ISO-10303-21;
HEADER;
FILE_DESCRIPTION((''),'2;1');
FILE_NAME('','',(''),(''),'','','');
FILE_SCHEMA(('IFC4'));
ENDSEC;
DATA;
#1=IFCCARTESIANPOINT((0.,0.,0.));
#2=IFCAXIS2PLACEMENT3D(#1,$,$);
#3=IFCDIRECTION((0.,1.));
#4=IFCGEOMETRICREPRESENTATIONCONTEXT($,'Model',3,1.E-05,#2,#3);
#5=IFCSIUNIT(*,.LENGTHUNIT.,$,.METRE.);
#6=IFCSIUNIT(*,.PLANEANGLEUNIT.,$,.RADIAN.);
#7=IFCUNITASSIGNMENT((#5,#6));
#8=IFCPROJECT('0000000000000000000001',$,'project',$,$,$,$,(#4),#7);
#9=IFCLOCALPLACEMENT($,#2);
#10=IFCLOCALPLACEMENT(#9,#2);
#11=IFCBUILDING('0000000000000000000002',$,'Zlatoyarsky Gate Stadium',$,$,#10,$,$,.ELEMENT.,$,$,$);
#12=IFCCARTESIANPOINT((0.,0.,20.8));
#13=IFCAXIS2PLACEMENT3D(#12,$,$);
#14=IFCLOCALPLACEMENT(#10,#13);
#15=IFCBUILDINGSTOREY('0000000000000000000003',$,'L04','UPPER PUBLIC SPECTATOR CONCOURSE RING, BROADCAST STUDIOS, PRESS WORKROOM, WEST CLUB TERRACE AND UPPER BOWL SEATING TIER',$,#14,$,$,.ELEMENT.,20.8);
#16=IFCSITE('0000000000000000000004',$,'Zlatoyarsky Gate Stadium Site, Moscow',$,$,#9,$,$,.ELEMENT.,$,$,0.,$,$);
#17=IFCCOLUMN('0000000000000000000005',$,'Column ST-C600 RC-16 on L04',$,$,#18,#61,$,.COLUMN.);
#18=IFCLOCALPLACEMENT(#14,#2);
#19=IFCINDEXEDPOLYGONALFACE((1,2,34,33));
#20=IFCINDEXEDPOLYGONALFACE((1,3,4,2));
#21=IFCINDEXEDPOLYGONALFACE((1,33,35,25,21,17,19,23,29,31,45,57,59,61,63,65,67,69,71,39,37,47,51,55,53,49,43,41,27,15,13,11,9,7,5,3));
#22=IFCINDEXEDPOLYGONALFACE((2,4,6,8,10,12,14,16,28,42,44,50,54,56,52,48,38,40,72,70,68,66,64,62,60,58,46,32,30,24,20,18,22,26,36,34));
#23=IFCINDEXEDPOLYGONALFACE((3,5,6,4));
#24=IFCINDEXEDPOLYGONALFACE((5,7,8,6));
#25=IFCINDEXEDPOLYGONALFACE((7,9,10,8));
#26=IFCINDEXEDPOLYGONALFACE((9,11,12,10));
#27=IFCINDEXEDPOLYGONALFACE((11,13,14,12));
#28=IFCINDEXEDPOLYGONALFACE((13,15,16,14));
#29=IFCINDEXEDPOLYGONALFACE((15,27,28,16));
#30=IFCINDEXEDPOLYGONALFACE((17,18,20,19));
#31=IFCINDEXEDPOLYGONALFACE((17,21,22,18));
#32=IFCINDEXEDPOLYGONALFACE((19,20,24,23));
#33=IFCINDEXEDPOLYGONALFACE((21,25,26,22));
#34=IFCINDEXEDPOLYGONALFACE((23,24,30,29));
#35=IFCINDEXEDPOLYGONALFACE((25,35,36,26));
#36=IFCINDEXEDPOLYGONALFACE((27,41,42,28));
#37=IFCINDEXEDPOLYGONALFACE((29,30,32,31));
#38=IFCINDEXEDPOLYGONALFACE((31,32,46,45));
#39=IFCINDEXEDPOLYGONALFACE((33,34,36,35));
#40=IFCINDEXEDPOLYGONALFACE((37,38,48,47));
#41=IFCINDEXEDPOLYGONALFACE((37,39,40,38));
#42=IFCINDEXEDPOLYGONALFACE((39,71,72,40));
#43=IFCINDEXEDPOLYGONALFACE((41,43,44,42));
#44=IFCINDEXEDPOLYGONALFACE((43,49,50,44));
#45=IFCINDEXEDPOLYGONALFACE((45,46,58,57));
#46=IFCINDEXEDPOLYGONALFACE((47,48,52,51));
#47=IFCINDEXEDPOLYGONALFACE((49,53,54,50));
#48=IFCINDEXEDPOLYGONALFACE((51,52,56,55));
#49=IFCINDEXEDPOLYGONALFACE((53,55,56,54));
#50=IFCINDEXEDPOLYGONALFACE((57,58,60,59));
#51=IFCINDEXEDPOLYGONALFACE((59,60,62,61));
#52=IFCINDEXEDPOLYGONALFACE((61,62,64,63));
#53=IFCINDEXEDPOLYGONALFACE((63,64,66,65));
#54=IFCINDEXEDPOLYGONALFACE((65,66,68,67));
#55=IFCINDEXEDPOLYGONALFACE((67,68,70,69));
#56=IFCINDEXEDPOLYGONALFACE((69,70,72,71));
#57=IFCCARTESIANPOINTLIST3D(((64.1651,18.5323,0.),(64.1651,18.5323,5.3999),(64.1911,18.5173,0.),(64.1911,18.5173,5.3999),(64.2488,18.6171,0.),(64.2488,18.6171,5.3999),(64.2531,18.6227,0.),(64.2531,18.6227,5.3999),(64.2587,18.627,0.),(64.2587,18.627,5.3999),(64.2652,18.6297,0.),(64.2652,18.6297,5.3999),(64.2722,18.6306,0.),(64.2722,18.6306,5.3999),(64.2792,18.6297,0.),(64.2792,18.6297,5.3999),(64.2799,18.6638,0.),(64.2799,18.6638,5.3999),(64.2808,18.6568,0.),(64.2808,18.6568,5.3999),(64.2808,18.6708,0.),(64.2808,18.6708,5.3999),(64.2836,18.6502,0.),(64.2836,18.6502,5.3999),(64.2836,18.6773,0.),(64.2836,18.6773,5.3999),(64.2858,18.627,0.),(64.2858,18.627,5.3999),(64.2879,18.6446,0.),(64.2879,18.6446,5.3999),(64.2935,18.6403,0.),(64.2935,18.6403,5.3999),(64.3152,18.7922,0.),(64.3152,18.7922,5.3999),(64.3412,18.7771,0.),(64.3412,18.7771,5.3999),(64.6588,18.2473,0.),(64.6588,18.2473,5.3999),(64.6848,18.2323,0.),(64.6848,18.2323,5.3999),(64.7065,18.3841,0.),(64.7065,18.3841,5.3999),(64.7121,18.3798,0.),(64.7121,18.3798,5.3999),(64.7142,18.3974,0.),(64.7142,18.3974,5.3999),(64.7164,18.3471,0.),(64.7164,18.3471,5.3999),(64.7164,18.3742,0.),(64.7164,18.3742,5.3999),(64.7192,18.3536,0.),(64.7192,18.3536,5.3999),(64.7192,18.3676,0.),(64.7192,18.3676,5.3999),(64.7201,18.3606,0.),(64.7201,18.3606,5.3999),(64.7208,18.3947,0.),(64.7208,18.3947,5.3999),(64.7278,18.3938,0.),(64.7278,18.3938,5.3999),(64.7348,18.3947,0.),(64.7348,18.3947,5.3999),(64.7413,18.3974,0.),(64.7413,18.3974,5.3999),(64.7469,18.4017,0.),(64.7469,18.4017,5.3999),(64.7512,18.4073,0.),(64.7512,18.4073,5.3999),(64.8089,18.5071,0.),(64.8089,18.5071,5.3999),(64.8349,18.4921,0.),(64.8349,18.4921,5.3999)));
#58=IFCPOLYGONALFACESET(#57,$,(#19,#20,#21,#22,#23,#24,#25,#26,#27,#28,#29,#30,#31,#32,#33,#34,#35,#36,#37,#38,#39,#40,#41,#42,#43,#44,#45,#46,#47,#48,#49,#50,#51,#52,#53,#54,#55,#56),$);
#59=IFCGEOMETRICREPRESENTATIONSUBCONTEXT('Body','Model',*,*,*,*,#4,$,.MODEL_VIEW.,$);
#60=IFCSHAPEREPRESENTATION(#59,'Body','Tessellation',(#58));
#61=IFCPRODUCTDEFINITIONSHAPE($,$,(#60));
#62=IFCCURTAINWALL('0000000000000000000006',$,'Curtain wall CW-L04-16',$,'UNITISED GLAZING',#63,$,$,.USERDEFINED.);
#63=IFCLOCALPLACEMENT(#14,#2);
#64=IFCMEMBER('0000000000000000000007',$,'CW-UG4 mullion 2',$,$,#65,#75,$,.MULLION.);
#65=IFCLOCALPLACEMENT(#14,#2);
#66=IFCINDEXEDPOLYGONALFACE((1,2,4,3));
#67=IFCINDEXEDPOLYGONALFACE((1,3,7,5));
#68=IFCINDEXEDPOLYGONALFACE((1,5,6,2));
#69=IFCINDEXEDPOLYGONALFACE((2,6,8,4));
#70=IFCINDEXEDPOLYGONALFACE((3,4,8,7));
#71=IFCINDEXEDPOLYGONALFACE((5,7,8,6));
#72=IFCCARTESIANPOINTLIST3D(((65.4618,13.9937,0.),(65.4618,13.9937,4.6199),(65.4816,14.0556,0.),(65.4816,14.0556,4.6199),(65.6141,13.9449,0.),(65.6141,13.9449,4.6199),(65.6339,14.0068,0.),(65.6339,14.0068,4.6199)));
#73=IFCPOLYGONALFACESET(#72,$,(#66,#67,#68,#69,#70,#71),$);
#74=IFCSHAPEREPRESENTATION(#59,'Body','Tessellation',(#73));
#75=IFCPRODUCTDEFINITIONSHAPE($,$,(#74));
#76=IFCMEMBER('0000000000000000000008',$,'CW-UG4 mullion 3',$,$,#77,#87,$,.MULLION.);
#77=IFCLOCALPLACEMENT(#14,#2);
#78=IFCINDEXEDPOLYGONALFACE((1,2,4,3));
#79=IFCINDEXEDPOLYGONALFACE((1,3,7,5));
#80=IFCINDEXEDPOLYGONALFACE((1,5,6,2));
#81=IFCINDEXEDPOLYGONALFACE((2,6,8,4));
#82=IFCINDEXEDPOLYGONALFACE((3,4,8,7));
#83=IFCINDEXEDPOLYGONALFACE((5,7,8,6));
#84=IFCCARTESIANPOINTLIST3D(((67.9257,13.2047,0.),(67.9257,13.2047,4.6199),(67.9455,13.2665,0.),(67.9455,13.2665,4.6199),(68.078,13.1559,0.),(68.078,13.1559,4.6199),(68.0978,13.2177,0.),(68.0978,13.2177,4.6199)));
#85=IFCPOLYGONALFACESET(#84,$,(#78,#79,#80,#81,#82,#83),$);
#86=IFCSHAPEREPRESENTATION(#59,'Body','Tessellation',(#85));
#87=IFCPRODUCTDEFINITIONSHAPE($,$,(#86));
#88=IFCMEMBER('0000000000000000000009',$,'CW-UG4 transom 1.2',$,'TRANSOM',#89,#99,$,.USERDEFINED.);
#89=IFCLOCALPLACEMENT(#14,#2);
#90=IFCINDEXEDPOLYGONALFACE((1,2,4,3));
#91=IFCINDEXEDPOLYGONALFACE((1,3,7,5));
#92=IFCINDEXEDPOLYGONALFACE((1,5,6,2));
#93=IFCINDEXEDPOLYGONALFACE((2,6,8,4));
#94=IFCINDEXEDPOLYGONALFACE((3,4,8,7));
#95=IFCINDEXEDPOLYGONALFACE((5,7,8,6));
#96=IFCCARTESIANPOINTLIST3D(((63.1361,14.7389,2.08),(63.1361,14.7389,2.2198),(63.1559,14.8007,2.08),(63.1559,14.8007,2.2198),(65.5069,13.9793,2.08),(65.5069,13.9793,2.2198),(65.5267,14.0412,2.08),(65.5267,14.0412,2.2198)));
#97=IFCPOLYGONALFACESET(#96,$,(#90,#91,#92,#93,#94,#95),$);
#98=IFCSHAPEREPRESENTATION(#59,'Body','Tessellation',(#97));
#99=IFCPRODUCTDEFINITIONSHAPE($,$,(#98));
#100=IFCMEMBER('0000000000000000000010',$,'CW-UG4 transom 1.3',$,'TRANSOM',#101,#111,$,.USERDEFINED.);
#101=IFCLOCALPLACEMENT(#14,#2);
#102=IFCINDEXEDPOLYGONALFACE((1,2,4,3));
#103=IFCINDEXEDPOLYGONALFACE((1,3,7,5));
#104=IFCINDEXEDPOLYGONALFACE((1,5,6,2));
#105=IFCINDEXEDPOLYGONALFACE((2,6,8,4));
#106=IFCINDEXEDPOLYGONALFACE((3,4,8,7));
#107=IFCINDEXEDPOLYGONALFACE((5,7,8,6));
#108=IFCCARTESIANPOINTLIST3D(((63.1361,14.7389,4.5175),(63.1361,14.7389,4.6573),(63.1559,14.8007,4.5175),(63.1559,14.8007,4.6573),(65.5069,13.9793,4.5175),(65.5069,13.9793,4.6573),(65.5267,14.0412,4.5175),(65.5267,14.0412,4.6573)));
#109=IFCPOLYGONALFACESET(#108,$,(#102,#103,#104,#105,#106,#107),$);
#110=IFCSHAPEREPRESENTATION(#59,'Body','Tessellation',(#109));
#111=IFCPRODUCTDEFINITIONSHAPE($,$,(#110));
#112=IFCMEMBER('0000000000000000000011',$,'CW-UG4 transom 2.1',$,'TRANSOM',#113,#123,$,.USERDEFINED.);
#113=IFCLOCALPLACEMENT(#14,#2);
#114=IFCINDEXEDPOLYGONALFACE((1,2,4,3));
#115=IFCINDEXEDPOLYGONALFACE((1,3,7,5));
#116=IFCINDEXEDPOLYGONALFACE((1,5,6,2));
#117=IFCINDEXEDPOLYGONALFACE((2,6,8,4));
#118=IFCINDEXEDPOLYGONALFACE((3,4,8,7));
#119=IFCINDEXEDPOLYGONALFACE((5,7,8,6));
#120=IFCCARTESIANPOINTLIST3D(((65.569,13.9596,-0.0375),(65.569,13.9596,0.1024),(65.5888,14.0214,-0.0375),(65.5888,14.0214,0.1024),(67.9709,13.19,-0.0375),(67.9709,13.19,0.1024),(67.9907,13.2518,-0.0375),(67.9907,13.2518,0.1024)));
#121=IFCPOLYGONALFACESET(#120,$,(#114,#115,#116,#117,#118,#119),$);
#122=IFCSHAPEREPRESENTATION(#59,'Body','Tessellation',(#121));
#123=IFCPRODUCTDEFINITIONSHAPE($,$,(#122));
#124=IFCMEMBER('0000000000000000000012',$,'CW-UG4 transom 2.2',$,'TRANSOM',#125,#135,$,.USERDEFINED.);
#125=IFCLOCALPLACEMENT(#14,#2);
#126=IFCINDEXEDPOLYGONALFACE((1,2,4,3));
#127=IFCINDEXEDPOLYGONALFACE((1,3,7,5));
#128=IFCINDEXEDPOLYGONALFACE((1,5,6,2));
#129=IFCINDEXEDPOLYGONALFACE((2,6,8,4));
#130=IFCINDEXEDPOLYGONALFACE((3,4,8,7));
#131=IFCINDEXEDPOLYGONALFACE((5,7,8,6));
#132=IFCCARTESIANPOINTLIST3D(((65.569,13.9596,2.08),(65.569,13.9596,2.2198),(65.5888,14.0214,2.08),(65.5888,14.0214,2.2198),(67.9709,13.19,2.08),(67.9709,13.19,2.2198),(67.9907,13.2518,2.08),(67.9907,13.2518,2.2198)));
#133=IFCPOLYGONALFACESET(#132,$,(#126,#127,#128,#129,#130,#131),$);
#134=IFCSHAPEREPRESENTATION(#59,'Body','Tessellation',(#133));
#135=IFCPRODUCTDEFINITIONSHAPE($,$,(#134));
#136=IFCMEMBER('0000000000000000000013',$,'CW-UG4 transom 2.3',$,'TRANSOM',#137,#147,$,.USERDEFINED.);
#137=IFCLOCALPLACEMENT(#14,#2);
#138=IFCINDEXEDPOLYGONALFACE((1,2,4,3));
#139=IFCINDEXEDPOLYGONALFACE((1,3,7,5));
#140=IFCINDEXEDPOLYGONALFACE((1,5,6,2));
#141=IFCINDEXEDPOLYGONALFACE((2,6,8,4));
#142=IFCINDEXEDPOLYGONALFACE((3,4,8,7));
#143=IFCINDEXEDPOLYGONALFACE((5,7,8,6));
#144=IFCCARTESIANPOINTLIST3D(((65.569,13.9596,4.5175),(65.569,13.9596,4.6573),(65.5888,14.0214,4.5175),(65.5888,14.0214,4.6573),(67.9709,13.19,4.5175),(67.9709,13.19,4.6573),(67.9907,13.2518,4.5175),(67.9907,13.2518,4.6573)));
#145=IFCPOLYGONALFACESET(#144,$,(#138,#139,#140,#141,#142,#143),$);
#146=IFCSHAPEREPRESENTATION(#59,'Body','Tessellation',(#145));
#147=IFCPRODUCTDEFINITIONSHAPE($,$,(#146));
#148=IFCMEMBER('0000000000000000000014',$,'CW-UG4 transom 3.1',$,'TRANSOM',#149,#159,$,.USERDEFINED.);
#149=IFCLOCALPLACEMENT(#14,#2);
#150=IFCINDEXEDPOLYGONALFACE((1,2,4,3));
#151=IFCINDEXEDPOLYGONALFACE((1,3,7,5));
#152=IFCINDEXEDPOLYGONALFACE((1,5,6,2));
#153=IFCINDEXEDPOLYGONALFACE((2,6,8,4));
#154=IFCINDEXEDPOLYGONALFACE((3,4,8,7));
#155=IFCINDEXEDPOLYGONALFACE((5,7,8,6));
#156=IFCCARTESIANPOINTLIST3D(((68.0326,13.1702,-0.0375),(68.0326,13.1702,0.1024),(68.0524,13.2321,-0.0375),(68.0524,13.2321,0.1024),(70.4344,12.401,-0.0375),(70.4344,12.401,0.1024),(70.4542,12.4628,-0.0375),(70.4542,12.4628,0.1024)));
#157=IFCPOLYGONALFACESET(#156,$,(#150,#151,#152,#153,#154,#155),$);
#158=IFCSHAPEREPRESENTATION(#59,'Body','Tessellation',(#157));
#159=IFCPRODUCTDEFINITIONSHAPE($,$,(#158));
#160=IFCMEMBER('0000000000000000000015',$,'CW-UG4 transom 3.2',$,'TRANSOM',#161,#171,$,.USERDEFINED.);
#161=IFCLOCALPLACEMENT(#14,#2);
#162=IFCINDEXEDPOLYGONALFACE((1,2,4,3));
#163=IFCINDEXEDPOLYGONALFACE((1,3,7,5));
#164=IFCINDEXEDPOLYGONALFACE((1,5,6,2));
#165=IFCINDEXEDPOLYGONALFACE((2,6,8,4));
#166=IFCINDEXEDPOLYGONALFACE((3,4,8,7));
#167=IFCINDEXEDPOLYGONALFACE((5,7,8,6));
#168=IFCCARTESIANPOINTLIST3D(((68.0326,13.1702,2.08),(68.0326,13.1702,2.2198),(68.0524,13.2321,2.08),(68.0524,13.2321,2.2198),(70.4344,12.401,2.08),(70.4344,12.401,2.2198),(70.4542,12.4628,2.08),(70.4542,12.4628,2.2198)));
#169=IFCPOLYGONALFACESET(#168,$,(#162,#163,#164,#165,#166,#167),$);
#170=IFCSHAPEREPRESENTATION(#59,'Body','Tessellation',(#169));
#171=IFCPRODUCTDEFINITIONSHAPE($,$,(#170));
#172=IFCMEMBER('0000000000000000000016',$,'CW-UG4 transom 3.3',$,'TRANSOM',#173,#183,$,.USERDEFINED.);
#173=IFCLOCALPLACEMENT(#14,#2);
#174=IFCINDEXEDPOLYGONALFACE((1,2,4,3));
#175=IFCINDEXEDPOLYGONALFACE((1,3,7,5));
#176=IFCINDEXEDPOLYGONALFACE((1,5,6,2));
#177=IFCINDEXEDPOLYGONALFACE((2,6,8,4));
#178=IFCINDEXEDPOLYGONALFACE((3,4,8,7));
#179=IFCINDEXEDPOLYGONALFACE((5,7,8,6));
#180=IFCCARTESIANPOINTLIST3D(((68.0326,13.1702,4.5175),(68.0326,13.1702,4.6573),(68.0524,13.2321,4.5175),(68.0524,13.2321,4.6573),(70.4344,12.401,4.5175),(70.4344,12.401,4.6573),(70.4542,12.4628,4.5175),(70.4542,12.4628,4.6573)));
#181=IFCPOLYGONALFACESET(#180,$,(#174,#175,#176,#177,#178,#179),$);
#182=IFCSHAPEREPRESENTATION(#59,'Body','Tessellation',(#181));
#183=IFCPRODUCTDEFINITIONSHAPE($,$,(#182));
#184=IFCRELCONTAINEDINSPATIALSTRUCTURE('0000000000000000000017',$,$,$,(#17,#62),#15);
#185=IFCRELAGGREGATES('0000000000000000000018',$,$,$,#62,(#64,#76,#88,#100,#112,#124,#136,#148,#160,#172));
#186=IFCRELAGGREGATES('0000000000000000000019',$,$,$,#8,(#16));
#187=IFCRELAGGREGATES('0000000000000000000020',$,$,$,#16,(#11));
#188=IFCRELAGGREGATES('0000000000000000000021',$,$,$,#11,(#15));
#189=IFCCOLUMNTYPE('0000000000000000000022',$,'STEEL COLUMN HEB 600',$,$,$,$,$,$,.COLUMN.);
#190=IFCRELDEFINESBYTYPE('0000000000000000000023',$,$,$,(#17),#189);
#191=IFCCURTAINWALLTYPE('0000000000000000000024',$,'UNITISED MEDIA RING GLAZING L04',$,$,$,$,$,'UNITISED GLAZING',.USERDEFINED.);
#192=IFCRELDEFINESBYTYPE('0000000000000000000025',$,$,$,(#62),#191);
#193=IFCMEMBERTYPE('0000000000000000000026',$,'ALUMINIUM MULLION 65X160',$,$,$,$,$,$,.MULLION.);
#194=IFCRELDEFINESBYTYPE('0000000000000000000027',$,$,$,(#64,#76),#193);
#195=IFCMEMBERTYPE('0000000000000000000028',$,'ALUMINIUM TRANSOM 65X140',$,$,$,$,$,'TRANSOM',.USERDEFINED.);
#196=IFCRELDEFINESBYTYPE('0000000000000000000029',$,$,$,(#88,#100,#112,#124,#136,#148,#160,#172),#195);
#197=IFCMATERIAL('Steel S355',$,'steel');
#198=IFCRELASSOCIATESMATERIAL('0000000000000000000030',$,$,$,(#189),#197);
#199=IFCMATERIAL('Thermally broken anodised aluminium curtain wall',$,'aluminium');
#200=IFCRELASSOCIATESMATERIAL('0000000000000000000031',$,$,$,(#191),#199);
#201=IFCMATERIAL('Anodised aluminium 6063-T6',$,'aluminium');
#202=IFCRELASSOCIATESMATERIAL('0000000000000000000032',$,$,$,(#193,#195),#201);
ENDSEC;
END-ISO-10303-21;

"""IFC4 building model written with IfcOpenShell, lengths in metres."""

from ifc_helpers import new_model, si_unit, direction, frame, origin, origin_2d, place, context, subcontext, project, spatial, rectangle, i_section, extrude, material, material_profile, profile_set, type_object, element, aggregate, save


model = new_model("IFC4")

# Units and contexts
model_context = context("Model", 3, precision=1e-05, world=origin(), true_north=direction((0.0, 1.0)))
body_context = subcontext(model_context, "Body", "Model", "MODEL_VIEW")
ifc_project = project(units=[si_unit("LENGTHUNIT", "METRE"), si_unit("PLANEANGLEUNIT", "RADIAN")], contexts=[model_context])

# Site, building, storey
site_placement = place(None, origin())
site = spatial("IfcSite", under=ifc_project, at=site_placement, Name="Zlatoyarsky Gate Stadium Site, Moscow", CompositionType="ELEMENT", RefElevation=0.0)
building_placement = place(site_placement, origin())
building = spatial("IfcBuilding", under=site, at=building_placement, Name="Zlatoyarsky Gate Stadium", CompositionType="ELEMENT")
storey_placement = place(building_placement, frame((0.0, 0.0, 20.8)))
storey = spatial("IfcBuildingStorey", under=building, at=storey_placement, Name="L04", Description="UPPER PUBLIC SPECTATOR CONCOURSE RING, BROADCAST STUDIOS, PRESS WORKROOM, WEST CLUB TERRACE AND UPPER BOWL SEATING TIER", CompositionType="ELEMENT", Elevation=20.8)

# Column
ifc_material_1 = material(Name="Steel S355", Category="steel")
ifc_material_profile_1 = material_profile(ifc_material_1, i_section(OverallWidth=0.3, OverallDepth=0.6001, WebThickness=0.0154, FlangeThickness=0.03, FilletRadius=0.0271, at=origin_2d()), Name="HEB 600")
ifc_profile_set_1 = profile_set([ifc_material_profile_1], Name="Steel S355")
column_type = type_object("IfcColumnType", Name="STEEL COLUMN HEB 600", PredefinedType="COLUMN", material=ifc_profile_set_1)
column_placement = place(storey_placement, frame((64.5, 18.5122, 0.0), z_axis=(0.0, 0.0, 1.0), x_axis=(-0.5, -0.866025, 0.0)))
element("IfcColumn", 1, at=column_placement, inside=storey, type_object=column_type, Name="Column ST-C600 RC-16 on L04", PredefinedType="COLUMN", context=body_context, shape_type="SweptSolid", body=[
    extrude(i_section(OverallWidth=0.3, OverallDepth=0.6001, WebThickness=0.0154, FlangeThickness=0.03, FilletRadius=0.0271, at=origin_2d()), origin(), (0.0, 0.0, 1.0), 5.3999),
])

# Curtain wall, members
ifc_material_2 = material(Name="Thermally broken anodised aluminium curtain wall", Category="aluminium")
curtain_wall_type = type_object("IfcCurtainWallType", Name="UNITISED MEDIA RING GLAZING L04", ElementType="UNITISED GLAZING", PredefinedType="USERDEFINED", material=ifc_material_2)
curtain_wall_placement = place(storey_placement, origin())
curtain_wall = element("IfcCurtainWall", 2, at=curtain_wall_placement, inside=storey, type_object=curtain_wall_type, Name="Curtain wall CW-L04-16", ObjectType="UNITISED GLAZING", PredefinedType="USERDEFINED")
ifc_material_3 = material(Name="Anodised aluminium 6063-T6", Category="aluminium")
ifc_material_profile_2 = material_profile(ifc_material_3, rectangle(XDim=0.0649, YDim=0.1599, at=origin_2d()), Name="ALU 65X160")
ifc_profile_set_2 = profile_set([ifc_material_profile_2], Name="Anodised aluminium 6063-T6")
member_type_1 = type_object("IfcMemberType", Name="ALUMINIUM MULLION 65X160", PredefinedType="MULLION", material=ifc_profile_set_2)
member_1_placement = place(storey_placement, frame((65.5479, 14.0002, 0.0), z_axis=(0.0, 0.0, 1.0), x_axis=(0.305066, 0.952331, 0.0)))
member_1 = element("IfcMember", 3, at=member_1_placement, type_object=member_type_1, Name="CW-UG4 mullion 2", PredefinedType="MULLION", context=body_context, shape_type="SweptSolid", body=[
    extrude(rectangle(XDim=0.0649, YDim=0.1599, at=origin_2d()), origin(), (0.0, 0.0, 1.0), 4.6199),
])
member_2_placement = place(storey_placement, frame((68.0117, 13.2112, 0.0), z_axis=(0.0, 0.0, 1.0), x_axis=(0.305066, 0.952331, 0.0)))
member_2 = element("IfcMember", 4, at=member_2_placement, type_object=member_type_1, Name="CW-UG4 mullion 3", PredefinedType="MULLION", context=body_context, shape_type="SweptSolid", body=[
    extrude(rectangle(XDim=0.0649, YDim=0.1599, at=origin_2d()), origin(), (0.0, 0.0, 1.0), 4.6199),
])
ifc_material_profile_3 = material_profile(ifc_material_3, rectangle(XDim=0.0649, YDim=0.1399, at=origin_2d()), Name="ALU 65X140")
ifc_profile_set_3 = profile_set([ifc_material_profile_3], Name="Anodised aluminium 6063-T6")
member_type_2 = type_object("IfcMemberType", Name="ALUMINIUM TRANSOM 65X140", ElementType="TRANSOM", PredefinedType="USERDEFINED", material=ifc_profile_set_3)
member_3_placement = place(storey_placement, frame((63.146, 14.7698, 2.1499), z_axis=(0.952325, -0.305085, 0.0), x_axis=(0.305085, 0.952325, 0.0)))
member_3 = element("IfcMember", 5, at=member_3_placement, type_object=member_type_2, Name="CW-UG4 transom 1.2", ObjectType="TRANSOM", PredefinedType="USERDEFINED", context=body_context, shape_type="SweptSolid", body=[
    extrude(rectangle(XDim=0.0649, YDim=0.1399, at=origin_2d()), origin(), (0.0, 0.0, 1.0), 2.4895),
])
member_4_placement = place(storey_placement, frame((63.146, 14.7698, 4.5874), z_axis=(0.952325, -0.305085, 0.0), x_axis=(0.305085, 0.952325, 0.0)))
member_4 = element("IfcMember", 6, at=member_4_placement, type_object=member_type_2, Name="CW-UG4 transom 1.3", ObjectType="TRANSOM", PredefinedType="USERDEFINED", context=body_context, shape_type="SweptSolid", body=[
    extrude(rectangle(XDim=0.0649, YDim=0.1399, at=origin_2d()), origin(), (0.0, 0.0, 1.0), 2.4895),
])
member_5_placement = place(storey_placement, frame((65.5789, 13.9905, 0.0325), z_axis=(0.952316, -0.305113, 0.0), x_axis=(0.305113, 0.952316, 0.0)))
member_5 = element("IfcMember", 7, at=member_5_placement, type_object=member_type_2, Name="CW-UG4 transom 2.1", ObjectType="TRANSOM", PredefinedType="USERDEFINED", context=body_context, shape_type="SweptSolid", body=[
    extrude(rectangle(XDim=0.0649, YDim=0.1399, at=origin_2d()), origin(), (0.0, 0.0, 1.0), 2.5222),
])
member_6_placement = place(storey_placement, frame((65.5789, 13.9905, 2.1499), z_axis=(0.952316, -0.305113, 0.0), x_axis=(0.305113, 0.952316, 0.0)))
member_6 = element("IfcMember", 8, at=member_6_placement, type_object=member_type_2, Name="CW-UG4 transom 2.2", ObjectType="TRANSOM", PredefinedType="USERDEFINED", context=body_context, shape_type="SweptSolid", body=[
    extrude(rectangle(XDim=0.0649, YDim=0.1399, at=origin_2d()), origin(), (0.0, 0.0, 1.0), 2.5222),
])
member_7_placement = place(storey_placement, frame((65.5789, 13.9905, 4.5874), z_axis=(0.952316, -0.305113, 0.0), x_axis=(0.305113, 0.952316, 0.0)))
member_7 = element("IfcMember", 9, at=member_7_placement, type_object=member_type_2, Name="CW-UG4 transom 2.3", ObjectType="TRANSOM", PredefinedType="USERDEFINED", context=body_context, shape_type="SweptSolid", body=[
    extrude(rectangle(XDim=0.0649, YDim=0.1399, at=origin_2d()), origin(), (0.0, 0.0, 1.0), 2.5222),
])
member_8_placement = place(storey_placement, frame((68.0425, 13.2012, 0.0325), z_axis=(0.952344, -0.305025, 0.0), x_axis=(0.305025, 0.952344, 0.0)))
member_8 = element("IfcMember", 10, at=member_8_placement, type_object=member_type_2, Name="CW-UG4 transom 3.1", ObjectType="TRANSOM", PredefinedType="USERDEFINED", context=body_context, shape_type="SweptSolid", body=[
    extrude(rectangle(XDim=0.0649, YDim=0.1399, at=origin_2d()), origin(), (0.0, 0.0, 1.0), 2.522),
])
member_9_placement = place(storey_placement, frame((68.0425, 13.2012, 2.1499), z_axis=(0.952344, -0.305025, 0.0), x_axis=(0.305025, 0.952344, 0.0)))
member_9 = element("IfcMember", 11, at=member_9_placement, type_object=member_type_2, Name="CW-UG4 transom 3.2", ObjectType="TRANSOM", PredefinedType="USERDEFINED", context=body_context, shape_type="SweptSolid", body=[
    extrude(rectangle(XDim=0.0649, YDim=0.1399, at=origin_2d()), origin(), (0.0, 0.0, 1.0), 2.522),
])
member_10_placement = place(storey_placement, frame((68.0425, 13.2012, 4.5874), z_axis=(0.952344, -0.305025, 0.0), x_axis=(0.305025, 0.952344, 0.0)))
member_10 = element("IfcMember", 12, at=member_10_placement, type_object=member_type_2, Name="CW-UG4 transom 3.3", ObjectType="TRANSOM", PredefinedType="USERDEFINED", context=body_context, shape_type="SweptSolid", body=[
    extrude(rectangle(XDim=0.0649, YDim=0.1399, at=origin_2d()), origin(), (0.0, 0.0, 1.0), 2.522),
])

aggregate(curtain_wall, [member_1, member_2, member_3, member_4, member_5, member_6, member_7, member_8, member_9, member_10])

save(model, "model.ifc")
